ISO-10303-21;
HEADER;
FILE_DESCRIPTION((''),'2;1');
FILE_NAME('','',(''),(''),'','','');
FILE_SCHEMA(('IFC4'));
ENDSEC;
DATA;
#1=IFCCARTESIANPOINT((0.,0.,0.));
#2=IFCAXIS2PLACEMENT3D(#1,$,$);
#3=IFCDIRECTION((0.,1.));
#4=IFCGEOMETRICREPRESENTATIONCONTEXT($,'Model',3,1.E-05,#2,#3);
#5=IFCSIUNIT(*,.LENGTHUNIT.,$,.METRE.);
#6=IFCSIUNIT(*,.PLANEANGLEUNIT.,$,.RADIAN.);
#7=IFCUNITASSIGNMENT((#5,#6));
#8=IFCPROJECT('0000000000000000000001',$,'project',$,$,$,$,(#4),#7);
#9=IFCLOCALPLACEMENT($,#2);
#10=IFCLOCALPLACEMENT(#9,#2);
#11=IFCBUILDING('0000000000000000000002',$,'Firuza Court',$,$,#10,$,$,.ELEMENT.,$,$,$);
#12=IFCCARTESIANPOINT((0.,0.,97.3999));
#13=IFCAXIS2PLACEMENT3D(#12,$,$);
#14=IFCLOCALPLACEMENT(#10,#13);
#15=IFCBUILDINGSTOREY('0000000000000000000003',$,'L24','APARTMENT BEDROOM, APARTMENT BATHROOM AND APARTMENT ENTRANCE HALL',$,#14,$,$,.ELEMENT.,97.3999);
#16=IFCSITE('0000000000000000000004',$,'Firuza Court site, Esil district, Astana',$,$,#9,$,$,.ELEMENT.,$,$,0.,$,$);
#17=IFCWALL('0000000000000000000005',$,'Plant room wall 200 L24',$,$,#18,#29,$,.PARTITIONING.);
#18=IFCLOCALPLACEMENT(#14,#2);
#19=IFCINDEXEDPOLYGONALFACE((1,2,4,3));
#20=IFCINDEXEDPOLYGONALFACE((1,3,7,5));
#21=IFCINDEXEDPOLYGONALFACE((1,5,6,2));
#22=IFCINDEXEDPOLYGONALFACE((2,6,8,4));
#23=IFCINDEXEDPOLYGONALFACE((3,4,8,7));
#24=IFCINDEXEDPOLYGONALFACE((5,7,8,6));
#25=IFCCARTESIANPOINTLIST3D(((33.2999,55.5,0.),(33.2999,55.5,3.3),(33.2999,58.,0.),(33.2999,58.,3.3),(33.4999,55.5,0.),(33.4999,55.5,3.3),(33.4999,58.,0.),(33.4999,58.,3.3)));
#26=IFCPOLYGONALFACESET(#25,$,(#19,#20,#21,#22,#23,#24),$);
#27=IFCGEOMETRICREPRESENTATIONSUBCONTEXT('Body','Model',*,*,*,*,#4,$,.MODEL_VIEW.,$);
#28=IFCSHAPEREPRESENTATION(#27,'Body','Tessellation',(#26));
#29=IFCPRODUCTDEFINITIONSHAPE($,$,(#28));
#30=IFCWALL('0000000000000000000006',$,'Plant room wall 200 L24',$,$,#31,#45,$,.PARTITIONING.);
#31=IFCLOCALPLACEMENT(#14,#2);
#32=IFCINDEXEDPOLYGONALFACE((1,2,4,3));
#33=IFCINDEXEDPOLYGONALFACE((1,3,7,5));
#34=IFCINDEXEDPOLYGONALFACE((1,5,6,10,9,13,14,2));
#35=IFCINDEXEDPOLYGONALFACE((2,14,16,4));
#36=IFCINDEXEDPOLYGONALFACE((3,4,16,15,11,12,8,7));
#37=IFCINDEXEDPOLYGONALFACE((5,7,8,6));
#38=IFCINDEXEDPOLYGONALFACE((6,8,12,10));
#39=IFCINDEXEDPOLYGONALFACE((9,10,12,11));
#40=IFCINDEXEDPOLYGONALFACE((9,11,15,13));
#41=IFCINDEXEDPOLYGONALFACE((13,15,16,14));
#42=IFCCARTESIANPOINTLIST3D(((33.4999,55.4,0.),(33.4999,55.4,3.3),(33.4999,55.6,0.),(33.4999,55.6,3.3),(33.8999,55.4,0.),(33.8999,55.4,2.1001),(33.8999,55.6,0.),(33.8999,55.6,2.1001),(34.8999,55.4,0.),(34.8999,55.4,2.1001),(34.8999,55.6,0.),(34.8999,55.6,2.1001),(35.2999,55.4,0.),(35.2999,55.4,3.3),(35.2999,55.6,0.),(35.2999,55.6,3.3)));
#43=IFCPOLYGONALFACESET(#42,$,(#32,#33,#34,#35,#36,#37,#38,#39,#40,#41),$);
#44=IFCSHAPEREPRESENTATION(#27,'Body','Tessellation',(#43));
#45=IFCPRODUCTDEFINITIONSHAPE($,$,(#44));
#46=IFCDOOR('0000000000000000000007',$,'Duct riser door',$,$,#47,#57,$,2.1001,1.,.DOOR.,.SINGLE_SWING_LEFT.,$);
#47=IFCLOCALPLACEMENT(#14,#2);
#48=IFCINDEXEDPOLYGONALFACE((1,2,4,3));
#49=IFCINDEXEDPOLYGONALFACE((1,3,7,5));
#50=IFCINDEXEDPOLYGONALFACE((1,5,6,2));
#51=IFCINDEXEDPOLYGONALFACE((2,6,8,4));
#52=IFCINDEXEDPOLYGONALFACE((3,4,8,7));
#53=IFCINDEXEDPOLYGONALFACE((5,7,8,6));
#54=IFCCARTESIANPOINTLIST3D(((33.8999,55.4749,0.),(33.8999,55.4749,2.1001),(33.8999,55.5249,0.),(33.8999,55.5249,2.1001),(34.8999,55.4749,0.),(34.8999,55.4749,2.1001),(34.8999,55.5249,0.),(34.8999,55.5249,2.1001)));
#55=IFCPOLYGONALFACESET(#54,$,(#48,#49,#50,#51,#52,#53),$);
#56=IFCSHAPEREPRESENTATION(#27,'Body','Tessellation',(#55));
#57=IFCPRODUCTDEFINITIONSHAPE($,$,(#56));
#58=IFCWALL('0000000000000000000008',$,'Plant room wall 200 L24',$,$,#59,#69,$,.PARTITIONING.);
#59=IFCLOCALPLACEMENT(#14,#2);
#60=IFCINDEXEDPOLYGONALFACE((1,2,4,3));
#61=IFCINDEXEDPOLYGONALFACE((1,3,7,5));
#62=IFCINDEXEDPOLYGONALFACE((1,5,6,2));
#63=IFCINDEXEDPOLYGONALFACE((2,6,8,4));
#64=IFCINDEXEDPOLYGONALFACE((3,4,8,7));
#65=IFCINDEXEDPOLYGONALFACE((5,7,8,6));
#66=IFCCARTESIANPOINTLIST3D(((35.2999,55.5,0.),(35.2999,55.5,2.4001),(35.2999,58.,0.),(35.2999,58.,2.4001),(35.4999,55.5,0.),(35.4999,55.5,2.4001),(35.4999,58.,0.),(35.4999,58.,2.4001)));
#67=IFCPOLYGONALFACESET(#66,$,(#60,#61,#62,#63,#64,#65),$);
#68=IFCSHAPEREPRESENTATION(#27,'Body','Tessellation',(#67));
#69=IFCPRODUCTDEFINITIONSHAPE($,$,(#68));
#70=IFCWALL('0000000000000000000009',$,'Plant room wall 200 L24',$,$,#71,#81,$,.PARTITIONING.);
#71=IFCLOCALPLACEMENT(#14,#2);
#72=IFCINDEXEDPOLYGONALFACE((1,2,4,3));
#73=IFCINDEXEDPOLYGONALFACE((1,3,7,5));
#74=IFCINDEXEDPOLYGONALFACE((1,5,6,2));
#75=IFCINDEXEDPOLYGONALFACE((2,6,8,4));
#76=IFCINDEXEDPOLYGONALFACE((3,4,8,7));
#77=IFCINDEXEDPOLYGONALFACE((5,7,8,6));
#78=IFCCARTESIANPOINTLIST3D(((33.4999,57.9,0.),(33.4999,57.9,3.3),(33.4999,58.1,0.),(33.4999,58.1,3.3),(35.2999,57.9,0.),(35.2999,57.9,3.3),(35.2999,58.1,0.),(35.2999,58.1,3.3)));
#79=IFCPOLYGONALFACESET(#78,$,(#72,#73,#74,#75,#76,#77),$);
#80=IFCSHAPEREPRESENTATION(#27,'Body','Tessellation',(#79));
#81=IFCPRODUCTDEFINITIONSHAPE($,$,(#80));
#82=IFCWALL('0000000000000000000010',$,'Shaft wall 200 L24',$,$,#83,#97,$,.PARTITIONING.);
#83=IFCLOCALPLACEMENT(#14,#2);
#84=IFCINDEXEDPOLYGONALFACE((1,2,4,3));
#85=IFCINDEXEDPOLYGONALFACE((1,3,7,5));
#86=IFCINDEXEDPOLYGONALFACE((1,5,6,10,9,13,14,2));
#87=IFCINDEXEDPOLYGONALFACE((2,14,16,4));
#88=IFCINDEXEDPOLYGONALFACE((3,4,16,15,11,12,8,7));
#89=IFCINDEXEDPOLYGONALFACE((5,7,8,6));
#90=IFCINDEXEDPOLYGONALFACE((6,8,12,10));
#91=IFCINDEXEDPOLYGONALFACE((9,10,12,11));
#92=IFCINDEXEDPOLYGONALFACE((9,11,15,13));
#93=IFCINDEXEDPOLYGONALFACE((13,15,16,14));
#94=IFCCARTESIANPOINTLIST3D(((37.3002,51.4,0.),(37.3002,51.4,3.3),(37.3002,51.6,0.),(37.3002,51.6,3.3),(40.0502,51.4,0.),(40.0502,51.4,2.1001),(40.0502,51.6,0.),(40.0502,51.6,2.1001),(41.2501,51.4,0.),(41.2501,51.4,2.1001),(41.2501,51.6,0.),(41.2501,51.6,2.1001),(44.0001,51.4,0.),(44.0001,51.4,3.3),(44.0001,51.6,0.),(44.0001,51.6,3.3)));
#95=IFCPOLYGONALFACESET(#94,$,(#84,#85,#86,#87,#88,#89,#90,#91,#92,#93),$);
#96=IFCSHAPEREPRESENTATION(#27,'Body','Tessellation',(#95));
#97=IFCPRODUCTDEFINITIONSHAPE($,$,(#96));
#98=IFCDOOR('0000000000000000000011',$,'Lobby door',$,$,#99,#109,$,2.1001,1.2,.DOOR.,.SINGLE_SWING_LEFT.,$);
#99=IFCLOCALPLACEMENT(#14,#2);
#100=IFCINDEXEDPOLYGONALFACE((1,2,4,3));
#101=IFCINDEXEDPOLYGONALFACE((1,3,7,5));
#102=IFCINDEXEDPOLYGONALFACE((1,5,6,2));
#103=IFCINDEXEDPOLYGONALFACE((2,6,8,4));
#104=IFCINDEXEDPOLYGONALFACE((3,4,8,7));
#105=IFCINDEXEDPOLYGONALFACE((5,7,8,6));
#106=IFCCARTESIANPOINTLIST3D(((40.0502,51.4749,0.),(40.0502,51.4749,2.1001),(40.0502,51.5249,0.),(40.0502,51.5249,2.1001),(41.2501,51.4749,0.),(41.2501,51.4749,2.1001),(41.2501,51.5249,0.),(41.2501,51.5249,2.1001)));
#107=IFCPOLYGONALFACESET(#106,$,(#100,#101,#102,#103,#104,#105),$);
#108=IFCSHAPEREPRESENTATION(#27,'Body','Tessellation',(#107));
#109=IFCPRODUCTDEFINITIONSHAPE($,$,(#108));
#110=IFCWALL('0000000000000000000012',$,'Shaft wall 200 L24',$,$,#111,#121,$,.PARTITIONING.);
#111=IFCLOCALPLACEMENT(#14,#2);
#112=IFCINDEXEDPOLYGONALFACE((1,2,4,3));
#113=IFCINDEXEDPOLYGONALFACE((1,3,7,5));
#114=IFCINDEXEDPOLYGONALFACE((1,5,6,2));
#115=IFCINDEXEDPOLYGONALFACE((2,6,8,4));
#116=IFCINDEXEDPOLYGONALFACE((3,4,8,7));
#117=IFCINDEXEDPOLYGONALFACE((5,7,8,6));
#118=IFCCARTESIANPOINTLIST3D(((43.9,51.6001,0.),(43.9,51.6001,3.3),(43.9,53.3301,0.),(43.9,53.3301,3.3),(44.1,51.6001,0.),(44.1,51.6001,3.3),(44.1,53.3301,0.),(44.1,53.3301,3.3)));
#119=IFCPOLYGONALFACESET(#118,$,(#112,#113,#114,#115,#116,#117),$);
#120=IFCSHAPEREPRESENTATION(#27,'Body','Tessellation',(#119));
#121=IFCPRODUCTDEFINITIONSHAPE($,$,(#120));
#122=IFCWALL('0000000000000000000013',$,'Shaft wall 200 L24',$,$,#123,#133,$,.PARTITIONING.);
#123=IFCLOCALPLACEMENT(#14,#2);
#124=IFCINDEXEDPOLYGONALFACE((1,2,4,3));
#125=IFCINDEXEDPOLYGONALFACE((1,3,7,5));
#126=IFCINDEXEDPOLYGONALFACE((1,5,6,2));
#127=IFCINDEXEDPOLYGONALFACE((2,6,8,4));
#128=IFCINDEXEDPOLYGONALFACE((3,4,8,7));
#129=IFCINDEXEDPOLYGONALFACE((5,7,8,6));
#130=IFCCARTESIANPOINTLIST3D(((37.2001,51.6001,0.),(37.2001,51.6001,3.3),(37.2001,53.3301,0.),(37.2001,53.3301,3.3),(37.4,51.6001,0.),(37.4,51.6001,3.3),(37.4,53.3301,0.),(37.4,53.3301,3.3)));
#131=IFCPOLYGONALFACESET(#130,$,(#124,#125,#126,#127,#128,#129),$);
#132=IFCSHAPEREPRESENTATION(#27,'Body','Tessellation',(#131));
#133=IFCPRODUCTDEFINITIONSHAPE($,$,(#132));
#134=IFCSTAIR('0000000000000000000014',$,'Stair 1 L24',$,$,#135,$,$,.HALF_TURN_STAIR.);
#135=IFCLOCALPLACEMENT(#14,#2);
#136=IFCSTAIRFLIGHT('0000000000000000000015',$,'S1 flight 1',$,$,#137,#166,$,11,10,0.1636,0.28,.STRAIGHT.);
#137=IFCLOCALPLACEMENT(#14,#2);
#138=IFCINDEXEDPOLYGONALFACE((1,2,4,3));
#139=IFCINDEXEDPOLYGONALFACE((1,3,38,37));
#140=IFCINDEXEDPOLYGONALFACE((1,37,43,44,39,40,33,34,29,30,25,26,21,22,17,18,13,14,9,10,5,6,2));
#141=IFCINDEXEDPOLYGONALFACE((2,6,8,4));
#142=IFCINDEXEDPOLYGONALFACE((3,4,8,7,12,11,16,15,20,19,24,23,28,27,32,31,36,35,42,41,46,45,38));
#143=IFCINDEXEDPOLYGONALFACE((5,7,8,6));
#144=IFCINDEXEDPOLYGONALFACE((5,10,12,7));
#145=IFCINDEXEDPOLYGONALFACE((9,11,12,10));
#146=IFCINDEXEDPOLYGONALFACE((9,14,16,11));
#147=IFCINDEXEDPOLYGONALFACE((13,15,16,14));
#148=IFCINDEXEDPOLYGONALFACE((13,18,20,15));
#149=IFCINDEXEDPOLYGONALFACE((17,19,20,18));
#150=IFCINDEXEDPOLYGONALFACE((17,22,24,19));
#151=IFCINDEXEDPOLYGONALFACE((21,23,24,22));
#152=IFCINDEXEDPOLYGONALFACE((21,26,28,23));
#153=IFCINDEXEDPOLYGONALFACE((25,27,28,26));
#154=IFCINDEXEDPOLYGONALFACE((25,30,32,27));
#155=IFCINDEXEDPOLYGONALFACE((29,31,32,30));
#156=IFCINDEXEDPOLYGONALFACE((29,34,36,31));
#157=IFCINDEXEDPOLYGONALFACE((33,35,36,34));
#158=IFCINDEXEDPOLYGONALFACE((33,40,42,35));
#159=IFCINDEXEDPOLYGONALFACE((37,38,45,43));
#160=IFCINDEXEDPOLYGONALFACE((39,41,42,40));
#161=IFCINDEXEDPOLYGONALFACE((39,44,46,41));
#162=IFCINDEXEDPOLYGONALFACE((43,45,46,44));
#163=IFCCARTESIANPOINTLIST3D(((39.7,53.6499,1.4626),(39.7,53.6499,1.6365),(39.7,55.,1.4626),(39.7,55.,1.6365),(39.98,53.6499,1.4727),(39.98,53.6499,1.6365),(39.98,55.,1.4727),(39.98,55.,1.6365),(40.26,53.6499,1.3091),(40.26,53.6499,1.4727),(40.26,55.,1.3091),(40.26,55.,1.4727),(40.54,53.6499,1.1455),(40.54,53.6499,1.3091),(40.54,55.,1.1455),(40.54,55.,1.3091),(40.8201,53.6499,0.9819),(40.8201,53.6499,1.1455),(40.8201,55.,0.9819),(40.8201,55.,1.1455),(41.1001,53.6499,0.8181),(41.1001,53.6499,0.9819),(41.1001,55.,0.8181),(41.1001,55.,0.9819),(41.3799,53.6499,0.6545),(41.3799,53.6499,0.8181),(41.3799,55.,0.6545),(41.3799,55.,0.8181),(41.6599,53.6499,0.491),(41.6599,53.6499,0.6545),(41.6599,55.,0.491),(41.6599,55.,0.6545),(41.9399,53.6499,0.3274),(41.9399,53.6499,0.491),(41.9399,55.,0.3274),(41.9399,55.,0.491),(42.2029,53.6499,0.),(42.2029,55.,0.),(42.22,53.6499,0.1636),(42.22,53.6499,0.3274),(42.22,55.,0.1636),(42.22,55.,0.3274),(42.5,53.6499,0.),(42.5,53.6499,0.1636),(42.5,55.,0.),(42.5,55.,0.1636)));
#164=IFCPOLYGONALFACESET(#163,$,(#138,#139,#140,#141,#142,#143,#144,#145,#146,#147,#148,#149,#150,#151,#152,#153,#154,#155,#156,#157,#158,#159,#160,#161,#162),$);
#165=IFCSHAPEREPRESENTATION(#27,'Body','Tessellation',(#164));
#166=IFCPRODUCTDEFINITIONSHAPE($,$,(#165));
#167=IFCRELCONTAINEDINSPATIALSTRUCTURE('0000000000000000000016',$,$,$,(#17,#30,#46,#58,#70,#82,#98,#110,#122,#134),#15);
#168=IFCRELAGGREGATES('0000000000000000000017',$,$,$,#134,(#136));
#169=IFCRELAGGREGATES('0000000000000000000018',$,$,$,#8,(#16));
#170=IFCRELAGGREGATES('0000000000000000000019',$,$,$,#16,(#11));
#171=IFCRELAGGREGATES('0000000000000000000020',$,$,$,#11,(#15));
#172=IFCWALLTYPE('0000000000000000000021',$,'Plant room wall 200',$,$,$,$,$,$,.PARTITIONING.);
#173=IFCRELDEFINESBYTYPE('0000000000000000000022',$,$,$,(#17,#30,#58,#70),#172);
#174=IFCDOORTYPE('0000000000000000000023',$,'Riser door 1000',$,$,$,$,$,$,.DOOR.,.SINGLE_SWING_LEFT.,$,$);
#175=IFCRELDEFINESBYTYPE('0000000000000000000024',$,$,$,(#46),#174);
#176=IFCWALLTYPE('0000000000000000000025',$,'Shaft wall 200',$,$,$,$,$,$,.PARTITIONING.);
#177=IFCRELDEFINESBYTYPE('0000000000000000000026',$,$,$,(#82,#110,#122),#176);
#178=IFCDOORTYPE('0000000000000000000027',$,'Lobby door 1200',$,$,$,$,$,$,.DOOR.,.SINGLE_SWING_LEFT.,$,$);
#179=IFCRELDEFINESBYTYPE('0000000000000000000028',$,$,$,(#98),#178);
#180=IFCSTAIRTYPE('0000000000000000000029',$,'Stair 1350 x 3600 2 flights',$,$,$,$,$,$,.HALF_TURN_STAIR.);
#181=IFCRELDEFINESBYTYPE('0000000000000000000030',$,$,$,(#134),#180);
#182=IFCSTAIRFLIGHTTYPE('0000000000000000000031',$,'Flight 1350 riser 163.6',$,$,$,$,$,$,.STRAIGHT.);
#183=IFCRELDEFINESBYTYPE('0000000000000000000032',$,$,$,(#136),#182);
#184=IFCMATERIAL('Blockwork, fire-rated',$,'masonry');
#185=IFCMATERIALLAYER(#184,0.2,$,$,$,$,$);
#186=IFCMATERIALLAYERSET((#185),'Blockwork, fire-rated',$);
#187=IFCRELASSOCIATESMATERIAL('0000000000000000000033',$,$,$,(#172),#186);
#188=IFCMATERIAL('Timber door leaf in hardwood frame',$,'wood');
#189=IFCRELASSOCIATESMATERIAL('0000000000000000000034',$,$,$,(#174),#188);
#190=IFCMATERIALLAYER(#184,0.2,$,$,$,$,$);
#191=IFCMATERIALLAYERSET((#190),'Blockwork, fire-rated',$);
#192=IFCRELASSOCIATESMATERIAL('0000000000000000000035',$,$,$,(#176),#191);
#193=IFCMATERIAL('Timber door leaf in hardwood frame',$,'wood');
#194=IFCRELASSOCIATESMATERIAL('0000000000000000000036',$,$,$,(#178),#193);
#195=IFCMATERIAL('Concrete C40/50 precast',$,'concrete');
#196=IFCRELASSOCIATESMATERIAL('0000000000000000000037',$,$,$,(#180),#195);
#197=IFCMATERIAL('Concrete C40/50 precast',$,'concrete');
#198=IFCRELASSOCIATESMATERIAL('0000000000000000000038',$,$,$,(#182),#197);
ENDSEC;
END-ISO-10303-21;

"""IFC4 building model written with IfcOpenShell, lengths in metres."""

from ifc_helpers import new_model, si_unit, direction, frame, frame_2d, origin, place, context, subcontext, project, spatial, polyline, rectangle, outline, extrude, material, layer, layer_set, type_object, element, fill, aggregate, save


model = new_model("IFC4")

# Units and contexts
model_context = context("Model", 3, precision=1e-05, world=origin(), true_north=direction((0.0, 1.0)))
body_context = subcontext(model_context, "Body", "Model", "MODEL_VIEW")
ifc_project = project(units=[si_unit("LENGTHUNIT", "METRE"), si_unit("PLANEANGLEUNIT", "RADIAN")], contexts=[model_context])

# Site, building, storey
site_placement = place(None, origin())
site = spatial("IfcSite", under=ifc_project, at=site_placement, Name="Firuza Court site, Esil district, Astana", CompositionType="ELEMENT", RefElevation=0.0)
building_placement = place(site_placement, origin())
building = spatial("IfcBuilding", under=site, at=building_placement, Name="Firuza Court", CompositionType="ELEMENT")
storey_placement = place(building_placement, frame((0.0, 0.0, 97.3999)))
storey = spatial("IfcBuildingStorey", under=building, at=storey_placement, Name="L24", Description="APARTMENT BEDROOM, APARTMENT BATHROOM AND APARTMENT ENTRANCE HALL", CompositionType="ELEMENT", Elevation=97.3999)

# Wall
ifc_material_1 = material(Name="Blockwork, fire-rated", Category="masonry")
ifc_layer_1 = layer(ifc_material_1, 0.2)
ifc_layer_set_1 = layer_set([ifc_layer_1], Name="Blockwork, fire-rated")
wall_type_1 = type_object("IfcWallType", Name="Plant room wall 200", PredefinedType="PARTITIONING", material=ifc_layer_set_1)
wall_1_placement = place(storey_placement, frame((33.3999, 55.5, 0.0), z_axis=(0.0, 0.0, 1.0), x_axis=(0.0, 1.0, 0.0)))
element("IfcWall", 1, at=wall_1_placement, inside=storey, type_object=wall_type_1, Name="Plant room wall 200 L24", PredefinedType="PARTITIONING", context=body_context, shape_type="SweptSolid", body=[
    extrude(rectangle(XDim=2.5, YDim=0.2, at=frame_2d((1.25, 0.0))), origin(), (0.0, 0.0, 1.0), 3.3),
])

# Wall, opening, door
wall_2_placement = place(storey_placement, frame((33.5, 55.5, 0.0), z_axis=(0.0, 0.0, 1.0), x_axis=(1.0, 0.0, 0.0)))
wall_2 = element("IfcWall", 2, at=wall_2_placement, inside=storey, type_object=wall_type_1, Name="Plant room wall 200 L24", PredefinedType="PARTITIONING", context=body_context, shape_type="SweptSolid", body=[
    extrude(rectangle(XDim=1.8, YDim=0.2, at=frame_2d((0.8999, 0.0))), origin(), (0.0, 0.0, 1.0), 3.3),
])
opening_1_placement = place(wall_2_placement, frame((0.3999, 0.0, 0.0)))
opening_1 = element("IfcOpeningElement", 3, at=opening_1_placement, cuts=wall_2, PredefinedType="OPENING", context=body_context, shape_type="SweptSolid", body=[
    extrude(rectangle(XDim=1.0, YDim=2.1001, at=frame_2d((0.5, 1.05))), frame((0.0, 0.1118, 0.0), z_axis=(0.0, -1.0, 0.0), x_axis=(1.0, 0.0, 0.0)), (0.0, 0.0, 1.0), 0.2239),
])
ifc_material_2 = material(Name="Timber door leaf in hardwood frame", Category="wood")
door_type_1 = type_object("IfcDoorType", Name="Riser door 1000", OperationType="SINGLE_SWING_LEFT", PredefinedType="DOOR", material=ifc_material_2)
door_1_placement = place(opening_1_placement, origin())
door_1 = element("IfcDoor", 4, at=door_1_placement, inside=storey, type_object=door_type_1, Name="Duct riser door", OperationType="SINGLE_SWING_LEFT", OverallHeight=2.1001, OverallWidth=1.0, PredefinedType="DOOR", context=body_context, shape_type="SweptSolid", body=[
    extrude(rectangle(XDim=1.0, YDim=2.1001, at=frame_2d((0.5, 1.05))), frame((0.0, 0.0249, 0.0), z_axis=(0.0, -1.0, 0.0), x_axis=(1.0, 0.0, 0.0)), (0.0, 0.0, 1.0), 0.05),
])
fill(opening_1, door_1)

# Walls
wall_3_placement = place(storey_placement, frame((35.3999, 55.5, 0.0), z_axis=(0.0, 0.0, 1.0), x_axis=(0.0, 1.0, 0.0)))
element("IfcWall", 5, at=wall_3_placement, inside=storey, type_object=wall_type_1, Name="Plant room wall 200 L24", PredefinedType="PARTITIONING", context=body_context, shape_type="SweptSolid", body=[
    extrude(rectangle(XDim=2.5, YDim=0.2, at=frame_2d((1.25, 0.0))), origin(), (0.0, 0.0, 1.0), 2.4001),
])
wall_4_placement = place(storey_placement, frame((33.5, 58.0, 0.0), z_axis=(0.0, 0.0, 1.0), x_axis=(1.0, 0.0, 0.0)))
element("IfcWall", 6, at=wall_4_placement, inside=storey, type_object=wall_type_1, Name="Plant room wall 200 L24", PredefinedType="PARTITIONING", context=body_context, shape_type="SweptSolid", body=[
    extrude(rectangle(XDim=1.8, YDim=0.2, at=frame_2d((0.8999, 0.0))), origin(), (0.0, 0.0, 1.0), 3.3),
])

# Wall, opening, door
ifc_layer_2 = layer(ifc_material_1, 0.2)
ifc_layer_set_2 = layer_set([ifc_layer_2], Name="Blockwork, fire-rated")
wall_type_2 = type_object("IfcWallType", Name="Shaft wall 200", PredefinedType="PARTITIONING", material=ifc_layer_set_2)
wall_5_placement = place(storey_placement, frame((37.3, 51.5, 0.0), z_axis=(0.0, 0.0, 1.0), x_axis=(1.0, 0.0, 0.0)))
wall_5 = element("IfcWall", 7, at=wall_5_placement, inside=storey, type_object=wall_type_2, Name="Shaft wall 200 L24", PredefinedType="PARTITIONING", context=body_context, shape_type="SweptSolid", body=[
    extrude(rectangle(XDim=6.7, YDim=0.2, at=frame_2d((3.3501, 0.0))), origin(), (0.0, 0.0, 1.0), 3.3),
])
opening_2_placement = place(wall_5_placement, frame((2.75, 0.0, 0.0)))
opening_2 = element("IfcOpeningElement", 8, at=opening_2_placement, cuts=wall_5, PredefinedType="OPENING", context=body_context, shape_type="SweptSolid", body=[
    extrude(rectangle(XDim=1.2, YDim=2.1001, at=frame_2d((0.6001, 1.05))), frame((0.0, 0.1118, 0.0), z_axis=(0.0, -1.0, 0.0), x_axis=(1.0, 0.0, 0.0)), (0.0, 0.0, 1.0), 0.2239),
])
ifc_material_3 = material(Name="Timber door leaf in hardwood frame", Category="wood")
door_type_2 = type_object("IfcDoorType", Name="Lobby door 1200", OperationType="SINGLE_SWING_LEFT", PredefinedType="DOOR", material=ifc_material_3)
door_2_placement = place(opening_2_placement, origin())
door_2 = element("IfcDoor", 9, at=door_2_placement, inside=storey, type_object=door_type_2, Name="Lobby door", OperationType="SINGLE_SWING_LEFT", OverallHeight=2.1001, OverallWidth=1.2, PredefinedType="DOOR", context=body_context, shape_type="SweptSolid", body=[
    extrude(rectangle(XDim=1.2, YDim=2.1001, at=frame_2d((0.6001, 1.05))), frame((0.0, 0.0249, 0.0), z_axis=(0.0, -1.0, 0.0), x_axis=(1.0, 0.0, 0.0)), (0.0, 0.0, 1.0), 0.05),
])
fill(opening_2, door_2)

# Walls
for number, where, z_axis, x_axis, name in (
    (10, (44.0, 51.6001, 0.0), (0.0, 0.0, 1.0), (0.0, 1.0, 0.0), "Shaft wall 200 L24"),
    (11, (37.3, 51.6001, 0.0), (0.0, 0.0, 1.0), (0.0, 1.0, 0.0), "Shaft wall 200 L24"),
):
    element("IfcWall", number, at=place(storey_placement, frame(where, z_axis=z_axis, x_axis=x_axis)), inside=storey, type_object=wall_type_2, Name=name, PredefinedType="PARTITIONING", context=body_context, shape_type="SweptSolid", body=[
        extrude(rectangle(XDim=1.73, YDim=0.2, at=frame_2d((0.865, 0.0))), origin(), (0.0, 0.0, 1.0), 3.3),
    ])

# Stair, stair flight
ifc_material_4 = material(Name="Concrete C40/50 precast", Category="concrete")
stair_type = type_object("IfcStairType", Name="Stair 1350 x 3600 2 flights", PredefinedType="HALF_TURN_STAIR", material=ifc_material_4)
stair_placement = place(storey_placement, origin())
stair = element("IfcStair", 12, at=stair_placement, inside=storey, type_object=stair_type, Name="Stair 1 L24", PredefinedType="HALF_TURN_STAIR")
ifc_material_5 = material(Name="Concrete C40/50 precast", Category="concrete")
stair_flight_type = type_object("IfcStairFlightType", Name="Flight 1350 riser 163.6", PredefinedType="STRAIGHT", material=ifc_material_5)
stair_flight_1_placement = place(storey_placement, frame((42.5, 54.325, 0.0), z_axis=(0.0, 0.0, 1.0), x_axis=(-1.0, 0.0, 0.0)))
stair_flight_1 = element("IfcStairFlight", 13, at=stair_flight_1_placement, type_object=stair_flight_type, Name="S1 flight 1", NumberOfRisers=11, NumberOfTreads=10, PredefinedType="STRAIGHT", RiserHeight=0.1636, TreadLength=0.28, context=body_context, shape_type="SweptSolid", body=[
    extrude(outline(polyline([(0.0, 0.0), (0.0, 0.1636), (0.28, 0.1636), (0.28, 0.3274), (0.5601, 0.3274), (0.5601, 0.491), (0.8401, 0.491), (0.8401, 0.6545), (1.1201, 0.6545), (1.1201, 0.8181), (1.3999, 0.8181), (1.3999, 0.9819), (1.6799, 0.9819), (1.6799, 1.1455), (1.96, 1.1455), (1.96, 1.3091), (2.24, 1.3091), (2.24, 1.4727), (2.52, 1.4727), (2.52, 1.6365), (2.8, 1.6365), (2.8, 1.8), (2.8, 1.4626), (0.2971, 0.0), (0.0, 0.0)])), frame((0.0, 0.675, 0.0), z_axis=(0.0, -1.0, 0.0), x_axis=(1.0, 0.0, 0.0)), (0.0, 0.0, 1.0), 1.3501),
])
aggregate(stair, [stair_flight_1])

save(model, "model.ifc")
